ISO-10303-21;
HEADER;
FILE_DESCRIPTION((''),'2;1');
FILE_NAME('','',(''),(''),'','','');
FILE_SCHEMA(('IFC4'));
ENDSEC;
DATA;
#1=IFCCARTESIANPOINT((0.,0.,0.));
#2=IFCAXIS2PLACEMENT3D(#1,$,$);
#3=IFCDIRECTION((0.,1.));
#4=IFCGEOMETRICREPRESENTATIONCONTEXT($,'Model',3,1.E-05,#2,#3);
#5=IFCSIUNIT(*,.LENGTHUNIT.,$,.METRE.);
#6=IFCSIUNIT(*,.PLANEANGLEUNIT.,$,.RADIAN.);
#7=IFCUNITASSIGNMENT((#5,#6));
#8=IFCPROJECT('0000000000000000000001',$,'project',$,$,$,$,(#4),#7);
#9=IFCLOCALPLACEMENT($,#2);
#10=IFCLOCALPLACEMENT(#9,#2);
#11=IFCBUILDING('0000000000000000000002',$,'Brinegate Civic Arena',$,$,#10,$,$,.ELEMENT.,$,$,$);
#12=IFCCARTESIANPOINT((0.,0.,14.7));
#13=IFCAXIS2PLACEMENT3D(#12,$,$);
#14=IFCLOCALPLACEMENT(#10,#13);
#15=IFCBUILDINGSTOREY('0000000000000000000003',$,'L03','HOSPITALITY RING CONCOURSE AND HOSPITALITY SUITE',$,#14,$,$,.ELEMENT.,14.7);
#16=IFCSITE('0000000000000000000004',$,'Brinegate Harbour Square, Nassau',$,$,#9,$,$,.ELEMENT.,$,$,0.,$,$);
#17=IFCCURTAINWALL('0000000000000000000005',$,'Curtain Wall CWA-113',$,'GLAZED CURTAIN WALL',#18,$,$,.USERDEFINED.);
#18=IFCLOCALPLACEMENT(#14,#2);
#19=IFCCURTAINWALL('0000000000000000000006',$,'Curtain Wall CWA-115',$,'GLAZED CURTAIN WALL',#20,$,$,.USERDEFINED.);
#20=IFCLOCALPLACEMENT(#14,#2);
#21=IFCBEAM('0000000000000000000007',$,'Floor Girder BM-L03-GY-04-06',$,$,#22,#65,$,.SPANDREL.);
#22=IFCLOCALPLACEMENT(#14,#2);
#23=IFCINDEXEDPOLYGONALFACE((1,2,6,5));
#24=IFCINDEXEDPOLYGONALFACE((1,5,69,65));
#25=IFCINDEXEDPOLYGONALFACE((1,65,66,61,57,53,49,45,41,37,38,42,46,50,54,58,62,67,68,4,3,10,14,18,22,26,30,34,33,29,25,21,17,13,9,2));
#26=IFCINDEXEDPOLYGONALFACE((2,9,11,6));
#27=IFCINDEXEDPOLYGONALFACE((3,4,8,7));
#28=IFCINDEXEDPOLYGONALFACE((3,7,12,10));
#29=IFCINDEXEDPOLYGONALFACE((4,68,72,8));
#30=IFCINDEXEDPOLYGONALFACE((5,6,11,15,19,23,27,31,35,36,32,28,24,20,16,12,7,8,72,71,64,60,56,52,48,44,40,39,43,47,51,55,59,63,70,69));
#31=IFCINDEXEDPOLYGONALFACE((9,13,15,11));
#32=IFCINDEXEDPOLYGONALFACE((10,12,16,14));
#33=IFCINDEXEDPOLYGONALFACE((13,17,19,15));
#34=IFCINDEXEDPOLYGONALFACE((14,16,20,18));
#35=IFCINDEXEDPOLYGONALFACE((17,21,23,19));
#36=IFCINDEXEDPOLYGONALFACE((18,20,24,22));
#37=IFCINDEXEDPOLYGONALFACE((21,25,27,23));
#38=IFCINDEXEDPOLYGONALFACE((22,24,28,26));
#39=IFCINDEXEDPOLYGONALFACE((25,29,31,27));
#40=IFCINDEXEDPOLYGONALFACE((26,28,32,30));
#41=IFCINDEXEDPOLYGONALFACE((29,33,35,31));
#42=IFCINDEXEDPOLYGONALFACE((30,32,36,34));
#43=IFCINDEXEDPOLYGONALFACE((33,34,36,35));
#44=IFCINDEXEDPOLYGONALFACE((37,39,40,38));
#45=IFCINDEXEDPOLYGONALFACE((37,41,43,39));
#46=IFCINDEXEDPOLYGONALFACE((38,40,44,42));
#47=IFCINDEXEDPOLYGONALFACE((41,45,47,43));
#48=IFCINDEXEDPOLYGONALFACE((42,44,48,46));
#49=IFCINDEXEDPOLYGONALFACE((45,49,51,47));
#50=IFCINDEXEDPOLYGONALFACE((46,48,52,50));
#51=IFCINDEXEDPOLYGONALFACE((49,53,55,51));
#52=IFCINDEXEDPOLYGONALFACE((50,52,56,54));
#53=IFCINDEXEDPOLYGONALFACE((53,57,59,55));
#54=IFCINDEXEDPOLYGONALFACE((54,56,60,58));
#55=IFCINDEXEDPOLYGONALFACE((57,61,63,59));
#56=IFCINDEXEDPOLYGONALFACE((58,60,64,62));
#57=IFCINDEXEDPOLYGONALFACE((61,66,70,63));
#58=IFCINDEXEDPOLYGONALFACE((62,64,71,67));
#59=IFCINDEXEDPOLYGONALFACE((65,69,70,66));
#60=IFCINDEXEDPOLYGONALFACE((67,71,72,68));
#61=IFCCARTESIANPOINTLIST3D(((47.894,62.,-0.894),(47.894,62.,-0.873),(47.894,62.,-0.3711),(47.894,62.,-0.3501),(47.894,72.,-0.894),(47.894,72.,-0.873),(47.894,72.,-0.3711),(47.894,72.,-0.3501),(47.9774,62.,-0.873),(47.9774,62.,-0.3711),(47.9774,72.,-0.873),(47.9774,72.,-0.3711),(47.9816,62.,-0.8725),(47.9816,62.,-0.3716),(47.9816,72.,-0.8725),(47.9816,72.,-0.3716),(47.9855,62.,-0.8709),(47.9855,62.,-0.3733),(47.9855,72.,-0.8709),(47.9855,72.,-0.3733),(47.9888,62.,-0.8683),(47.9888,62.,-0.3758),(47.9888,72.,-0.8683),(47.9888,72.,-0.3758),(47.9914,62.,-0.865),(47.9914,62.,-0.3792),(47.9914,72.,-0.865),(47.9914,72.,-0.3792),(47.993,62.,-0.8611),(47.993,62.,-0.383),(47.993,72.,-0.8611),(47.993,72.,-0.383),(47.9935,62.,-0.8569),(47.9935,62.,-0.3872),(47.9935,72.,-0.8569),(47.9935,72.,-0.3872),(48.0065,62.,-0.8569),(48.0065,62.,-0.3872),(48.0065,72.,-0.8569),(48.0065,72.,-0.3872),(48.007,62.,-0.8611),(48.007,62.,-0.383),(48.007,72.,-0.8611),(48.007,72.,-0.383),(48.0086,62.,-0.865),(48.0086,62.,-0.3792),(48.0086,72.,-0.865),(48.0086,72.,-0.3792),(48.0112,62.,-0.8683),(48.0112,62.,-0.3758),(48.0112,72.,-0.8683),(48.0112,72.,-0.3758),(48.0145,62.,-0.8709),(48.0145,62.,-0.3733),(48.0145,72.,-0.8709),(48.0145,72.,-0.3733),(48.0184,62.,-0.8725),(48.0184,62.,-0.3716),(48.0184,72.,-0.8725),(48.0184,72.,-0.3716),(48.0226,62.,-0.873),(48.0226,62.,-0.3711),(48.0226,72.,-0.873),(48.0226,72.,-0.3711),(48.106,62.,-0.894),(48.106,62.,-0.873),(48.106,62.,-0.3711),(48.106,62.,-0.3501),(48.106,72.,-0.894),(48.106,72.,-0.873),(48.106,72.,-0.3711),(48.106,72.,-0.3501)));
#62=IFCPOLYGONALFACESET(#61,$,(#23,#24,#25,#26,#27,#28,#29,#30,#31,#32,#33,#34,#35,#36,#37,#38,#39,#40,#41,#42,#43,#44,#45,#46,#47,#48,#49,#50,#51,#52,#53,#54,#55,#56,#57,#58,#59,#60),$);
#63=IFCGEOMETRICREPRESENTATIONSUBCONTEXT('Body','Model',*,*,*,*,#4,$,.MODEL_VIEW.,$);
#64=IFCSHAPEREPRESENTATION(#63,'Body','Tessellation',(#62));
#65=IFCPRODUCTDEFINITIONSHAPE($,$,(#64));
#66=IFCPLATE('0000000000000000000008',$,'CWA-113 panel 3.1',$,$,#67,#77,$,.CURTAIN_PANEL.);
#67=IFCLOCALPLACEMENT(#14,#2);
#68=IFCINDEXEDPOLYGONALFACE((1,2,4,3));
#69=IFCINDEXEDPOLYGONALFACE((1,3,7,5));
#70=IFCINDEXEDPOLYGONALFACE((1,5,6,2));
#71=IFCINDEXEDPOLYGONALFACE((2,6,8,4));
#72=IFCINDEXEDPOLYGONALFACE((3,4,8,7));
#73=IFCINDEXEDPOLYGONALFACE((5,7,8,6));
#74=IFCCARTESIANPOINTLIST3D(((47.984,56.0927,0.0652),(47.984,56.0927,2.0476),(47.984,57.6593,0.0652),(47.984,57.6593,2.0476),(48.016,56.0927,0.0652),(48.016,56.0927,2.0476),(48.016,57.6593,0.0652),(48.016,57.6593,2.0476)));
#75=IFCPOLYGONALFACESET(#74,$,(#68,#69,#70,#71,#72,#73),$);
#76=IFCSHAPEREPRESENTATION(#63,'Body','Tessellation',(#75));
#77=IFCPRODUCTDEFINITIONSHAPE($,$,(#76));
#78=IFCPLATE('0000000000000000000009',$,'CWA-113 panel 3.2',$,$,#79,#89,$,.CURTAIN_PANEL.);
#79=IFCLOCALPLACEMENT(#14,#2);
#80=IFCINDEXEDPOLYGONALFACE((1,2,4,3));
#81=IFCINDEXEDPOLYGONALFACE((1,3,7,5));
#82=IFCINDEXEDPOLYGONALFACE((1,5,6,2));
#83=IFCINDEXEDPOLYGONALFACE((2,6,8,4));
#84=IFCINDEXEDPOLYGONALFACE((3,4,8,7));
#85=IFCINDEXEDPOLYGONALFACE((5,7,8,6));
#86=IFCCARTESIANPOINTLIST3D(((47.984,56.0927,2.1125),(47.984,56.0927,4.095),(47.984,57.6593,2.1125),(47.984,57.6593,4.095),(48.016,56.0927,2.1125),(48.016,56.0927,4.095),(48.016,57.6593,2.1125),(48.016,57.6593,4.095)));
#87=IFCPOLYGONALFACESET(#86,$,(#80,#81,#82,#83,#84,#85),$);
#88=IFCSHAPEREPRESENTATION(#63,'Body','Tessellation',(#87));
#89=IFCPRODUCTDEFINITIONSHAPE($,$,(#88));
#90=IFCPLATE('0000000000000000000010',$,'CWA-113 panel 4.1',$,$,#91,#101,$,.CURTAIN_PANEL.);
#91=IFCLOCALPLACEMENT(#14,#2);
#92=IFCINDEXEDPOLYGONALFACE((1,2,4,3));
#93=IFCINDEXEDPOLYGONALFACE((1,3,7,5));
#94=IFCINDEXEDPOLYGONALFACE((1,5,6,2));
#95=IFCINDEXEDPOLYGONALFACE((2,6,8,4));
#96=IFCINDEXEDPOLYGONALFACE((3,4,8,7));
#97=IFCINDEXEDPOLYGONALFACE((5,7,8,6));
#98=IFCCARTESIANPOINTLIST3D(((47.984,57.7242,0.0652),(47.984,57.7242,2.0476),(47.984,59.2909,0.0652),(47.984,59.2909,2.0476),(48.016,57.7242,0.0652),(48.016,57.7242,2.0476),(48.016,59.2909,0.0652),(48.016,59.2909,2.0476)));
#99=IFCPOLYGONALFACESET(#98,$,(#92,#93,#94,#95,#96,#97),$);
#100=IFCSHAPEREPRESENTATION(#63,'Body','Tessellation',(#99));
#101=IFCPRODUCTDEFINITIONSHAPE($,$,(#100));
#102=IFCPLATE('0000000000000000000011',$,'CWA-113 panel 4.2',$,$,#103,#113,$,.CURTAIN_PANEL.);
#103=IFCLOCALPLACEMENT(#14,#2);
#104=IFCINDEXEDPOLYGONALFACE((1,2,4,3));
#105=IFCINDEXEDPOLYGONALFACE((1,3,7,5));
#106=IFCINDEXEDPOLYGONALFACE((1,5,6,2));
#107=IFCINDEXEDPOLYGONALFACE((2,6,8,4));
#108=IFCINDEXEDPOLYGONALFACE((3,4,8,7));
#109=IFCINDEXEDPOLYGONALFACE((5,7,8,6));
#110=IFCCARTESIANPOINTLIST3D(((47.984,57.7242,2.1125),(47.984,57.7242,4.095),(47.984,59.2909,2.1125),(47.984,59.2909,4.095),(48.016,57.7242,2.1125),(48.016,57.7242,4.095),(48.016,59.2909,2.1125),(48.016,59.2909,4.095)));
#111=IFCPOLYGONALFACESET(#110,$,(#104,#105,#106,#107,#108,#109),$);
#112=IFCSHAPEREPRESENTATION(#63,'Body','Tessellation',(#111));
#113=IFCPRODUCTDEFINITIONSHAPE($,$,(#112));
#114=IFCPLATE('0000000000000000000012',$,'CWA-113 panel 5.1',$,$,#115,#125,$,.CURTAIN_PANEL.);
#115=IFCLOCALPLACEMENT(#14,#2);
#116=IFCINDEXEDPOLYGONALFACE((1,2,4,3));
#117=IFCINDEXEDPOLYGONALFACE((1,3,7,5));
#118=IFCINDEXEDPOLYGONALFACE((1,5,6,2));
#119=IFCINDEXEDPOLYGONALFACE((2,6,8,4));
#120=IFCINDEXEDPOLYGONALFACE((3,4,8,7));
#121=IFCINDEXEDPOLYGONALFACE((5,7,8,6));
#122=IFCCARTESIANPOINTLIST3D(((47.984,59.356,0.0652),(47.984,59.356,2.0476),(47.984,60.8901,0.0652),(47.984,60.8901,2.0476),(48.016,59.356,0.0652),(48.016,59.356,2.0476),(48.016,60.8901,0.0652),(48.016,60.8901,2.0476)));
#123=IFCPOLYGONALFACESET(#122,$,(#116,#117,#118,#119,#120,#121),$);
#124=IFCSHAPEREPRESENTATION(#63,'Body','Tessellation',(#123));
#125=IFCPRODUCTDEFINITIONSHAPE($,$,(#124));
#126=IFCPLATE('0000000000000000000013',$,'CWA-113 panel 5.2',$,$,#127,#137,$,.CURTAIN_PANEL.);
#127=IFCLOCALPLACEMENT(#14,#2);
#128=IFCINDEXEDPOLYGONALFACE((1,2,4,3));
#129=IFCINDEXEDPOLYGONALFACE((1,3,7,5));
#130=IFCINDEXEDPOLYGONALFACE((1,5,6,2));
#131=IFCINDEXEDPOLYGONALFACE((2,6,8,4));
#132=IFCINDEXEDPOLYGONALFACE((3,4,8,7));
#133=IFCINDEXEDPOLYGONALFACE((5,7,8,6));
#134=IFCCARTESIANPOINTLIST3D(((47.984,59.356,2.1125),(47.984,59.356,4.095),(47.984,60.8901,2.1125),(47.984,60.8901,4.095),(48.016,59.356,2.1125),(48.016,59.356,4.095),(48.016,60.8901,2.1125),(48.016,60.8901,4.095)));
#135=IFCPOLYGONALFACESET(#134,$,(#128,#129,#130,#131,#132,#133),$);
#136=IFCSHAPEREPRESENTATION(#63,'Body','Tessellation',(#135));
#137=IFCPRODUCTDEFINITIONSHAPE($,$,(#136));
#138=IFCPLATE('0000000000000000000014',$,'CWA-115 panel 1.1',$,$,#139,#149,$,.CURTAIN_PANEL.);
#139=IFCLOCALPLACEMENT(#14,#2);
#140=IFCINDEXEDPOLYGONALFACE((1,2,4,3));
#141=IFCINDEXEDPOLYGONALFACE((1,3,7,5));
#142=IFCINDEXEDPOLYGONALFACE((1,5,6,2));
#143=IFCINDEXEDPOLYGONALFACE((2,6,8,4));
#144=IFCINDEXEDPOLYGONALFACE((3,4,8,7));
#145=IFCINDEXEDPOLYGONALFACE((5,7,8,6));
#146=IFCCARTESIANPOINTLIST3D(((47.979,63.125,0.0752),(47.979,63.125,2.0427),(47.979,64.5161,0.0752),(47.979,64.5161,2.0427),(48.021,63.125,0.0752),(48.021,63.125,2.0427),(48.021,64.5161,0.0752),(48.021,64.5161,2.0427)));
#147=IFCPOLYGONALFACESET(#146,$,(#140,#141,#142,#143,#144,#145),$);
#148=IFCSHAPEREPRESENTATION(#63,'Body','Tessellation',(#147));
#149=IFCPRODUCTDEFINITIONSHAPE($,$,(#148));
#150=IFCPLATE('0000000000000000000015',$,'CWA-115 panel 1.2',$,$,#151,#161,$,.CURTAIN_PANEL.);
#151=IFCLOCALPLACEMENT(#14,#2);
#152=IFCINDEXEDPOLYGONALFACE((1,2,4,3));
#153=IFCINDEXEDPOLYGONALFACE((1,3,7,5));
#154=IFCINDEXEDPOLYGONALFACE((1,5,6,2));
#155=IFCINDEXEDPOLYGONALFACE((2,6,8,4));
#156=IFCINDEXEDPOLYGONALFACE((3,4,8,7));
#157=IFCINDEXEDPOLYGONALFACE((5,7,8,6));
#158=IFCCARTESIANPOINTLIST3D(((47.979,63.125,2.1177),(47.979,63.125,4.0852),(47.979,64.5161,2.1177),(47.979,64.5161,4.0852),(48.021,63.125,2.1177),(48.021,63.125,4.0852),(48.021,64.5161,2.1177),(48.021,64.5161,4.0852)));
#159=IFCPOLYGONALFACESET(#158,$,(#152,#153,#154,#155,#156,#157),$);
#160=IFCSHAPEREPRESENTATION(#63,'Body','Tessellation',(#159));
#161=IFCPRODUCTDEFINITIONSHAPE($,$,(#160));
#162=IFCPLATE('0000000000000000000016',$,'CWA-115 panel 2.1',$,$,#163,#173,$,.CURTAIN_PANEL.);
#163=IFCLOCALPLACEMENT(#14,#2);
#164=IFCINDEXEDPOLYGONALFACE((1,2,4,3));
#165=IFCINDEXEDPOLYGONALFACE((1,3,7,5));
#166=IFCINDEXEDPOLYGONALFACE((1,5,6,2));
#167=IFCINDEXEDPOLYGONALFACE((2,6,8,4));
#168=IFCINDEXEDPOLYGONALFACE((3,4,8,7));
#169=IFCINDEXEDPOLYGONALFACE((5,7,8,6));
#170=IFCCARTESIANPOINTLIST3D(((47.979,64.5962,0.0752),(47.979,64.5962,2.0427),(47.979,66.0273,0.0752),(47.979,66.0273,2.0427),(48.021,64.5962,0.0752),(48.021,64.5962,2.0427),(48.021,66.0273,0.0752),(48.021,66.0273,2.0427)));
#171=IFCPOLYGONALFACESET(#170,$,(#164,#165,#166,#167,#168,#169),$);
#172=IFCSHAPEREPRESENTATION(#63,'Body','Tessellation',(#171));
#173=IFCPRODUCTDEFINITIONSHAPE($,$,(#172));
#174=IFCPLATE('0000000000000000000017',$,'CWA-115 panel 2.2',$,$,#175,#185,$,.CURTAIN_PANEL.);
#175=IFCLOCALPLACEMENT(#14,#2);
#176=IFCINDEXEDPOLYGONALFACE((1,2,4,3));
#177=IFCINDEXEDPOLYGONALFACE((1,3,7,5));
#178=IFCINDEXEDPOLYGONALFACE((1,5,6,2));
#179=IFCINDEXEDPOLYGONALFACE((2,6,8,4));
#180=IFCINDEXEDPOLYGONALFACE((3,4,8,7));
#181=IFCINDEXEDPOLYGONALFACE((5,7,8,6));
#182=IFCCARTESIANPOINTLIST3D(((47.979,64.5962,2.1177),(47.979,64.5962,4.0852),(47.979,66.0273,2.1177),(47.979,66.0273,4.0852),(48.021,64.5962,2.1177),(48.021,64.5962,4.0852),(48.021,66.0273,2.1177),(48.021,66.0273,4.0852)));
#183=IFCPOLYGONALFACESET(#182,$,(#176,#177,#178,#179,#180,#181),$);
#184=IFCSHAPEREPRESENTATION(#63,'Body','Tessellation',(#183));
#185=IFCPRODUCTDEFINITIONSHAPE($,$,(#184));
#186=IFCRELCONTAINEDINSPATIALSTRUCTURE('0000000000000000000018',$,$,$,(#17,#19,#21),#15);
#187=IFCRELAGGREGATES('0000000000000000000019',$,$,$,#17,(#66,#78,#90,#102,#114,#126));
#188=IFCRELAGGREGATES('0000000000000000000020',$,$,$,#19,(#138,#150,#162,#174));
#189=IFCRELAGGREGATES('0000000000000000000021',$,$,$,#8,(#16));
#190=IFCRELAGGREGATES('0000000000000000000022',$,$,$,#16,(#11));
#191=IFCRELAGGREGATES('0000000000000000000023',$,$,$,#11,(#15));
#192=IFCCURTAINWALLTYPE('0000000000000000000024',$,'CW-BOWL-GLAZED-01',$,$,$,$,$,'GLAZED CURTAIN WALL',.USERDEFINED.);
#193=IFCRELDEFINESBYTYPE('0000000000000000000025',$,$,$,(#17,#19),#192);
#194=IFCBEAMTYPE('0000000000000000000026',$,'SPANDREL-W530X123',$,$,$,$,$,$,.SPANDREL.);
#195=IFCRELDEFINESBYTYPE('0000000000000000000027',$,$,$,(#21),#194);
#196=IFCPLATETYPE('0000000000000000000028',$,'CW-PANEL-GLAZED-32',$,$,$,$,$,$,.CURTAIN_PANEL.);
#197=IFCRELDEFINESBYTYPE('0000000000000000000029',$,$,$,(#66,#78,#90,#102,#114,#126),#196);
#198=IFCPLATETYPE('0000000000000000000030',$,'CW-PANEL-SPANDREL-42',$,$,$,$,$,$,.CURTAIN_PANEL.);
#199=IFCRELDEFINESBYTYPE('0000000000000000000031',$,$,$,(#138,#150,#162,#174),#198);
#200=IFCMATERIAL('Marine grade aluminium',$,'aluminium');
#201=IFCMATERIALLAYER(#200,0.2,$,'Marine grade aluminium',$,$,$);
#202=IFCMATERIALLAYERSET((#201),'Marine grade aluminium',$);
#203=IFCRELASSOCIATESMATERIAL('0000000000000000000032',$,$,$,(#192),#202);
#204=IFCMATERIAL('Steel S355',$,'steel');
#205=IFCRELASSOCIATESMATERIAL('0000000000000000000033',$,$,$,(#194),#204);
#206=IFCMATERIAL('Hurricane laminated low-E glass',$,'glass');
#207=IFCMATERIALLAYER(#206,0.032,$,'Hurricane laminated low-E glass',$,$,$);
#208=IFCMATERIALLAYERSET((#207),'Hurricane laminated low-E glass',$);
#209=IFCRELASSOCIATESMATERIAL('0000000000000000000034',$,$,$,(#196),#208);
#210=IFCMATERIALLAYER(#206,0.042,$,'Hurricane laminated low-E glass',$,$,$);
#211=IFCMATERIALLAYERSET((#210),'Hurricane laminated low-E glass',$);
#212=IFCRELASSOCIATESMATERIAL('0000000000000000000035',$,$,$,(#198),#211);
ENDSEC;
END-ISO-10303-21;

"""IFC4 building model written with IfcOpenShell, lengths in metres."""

from ifc_helpers import new_model, si_unit, direction, frame, origin, origin_2d, place, context, subcontext, project, spatial, rectangle, i_section, extrude, material, layer, layer_set, material_profile, profile_set, type_object, element, aggregate, save


model = new_model("IFC4")

# Units and contexts
model_context = context("Model", 3, precision=1e-05, world=origin(), true_north=direction((0.0, 1.0)))
body_context = subcontext(model_context, "Body", "Model", "MODEL_VIEW")
ifc_project = project(units=[si_unit("LENGTHUNIT", "METRE"), si_unit("PLANEANGLEUNIT", "RADIAN")], contexts=[model_context])

# Site, building, storey
site_placement = place(None, origin())
site = spatial("IfcSite", under=ifc_project, at=site_placement, Name="Brinegate Harbour Square, Nassau", CompositionType="ELEMENT", RefElevation=0.0)
building_placement = place(site_placement, origin())
building = spatial("IfcBuilding", under=site, at=building_placement, Name="Brinegate Civic Arena", CompositionType="ELEMENT")
storey_placement = place(building_placement, frame((0.0, 0.0, 14.7)))
storey = spatial("IfcBuildingStorey", under=building, at=storey_placement, Name="L03", Description="HOSPITALITY RING CONCOURSE AND HOSPITALITY SUITE", CompositionType="ELEMENT", Elevation=14.7)

# Curtain walls
ifc_material_1 = material(Name="Marine grade aluminium", Category="aluminium")
ifc_layer_1 = layer(ifc_material_1, 0.2, Name="Marine grade aluminium")
ifc_layer_set_1 = layer_set([ifc_layer_1], Name="Marine grade aluminium")
curtain_wall_type = type_object("IfcCurtainWallType", Name="CW-BOWL-GLAZED-01", ElementType="GLAZED CURTAIN WALL", PredefinedType="USERDEFINED", material=ifc_layer_set_1)
curtain_wall_1_placement = place(storey_placement, origin())
curtain_wall_1 = element("IfcCurtainWall", 1, at=curtain_wall_1_placement, inside=storey, type_object=curtain_wall_type, Name="Curtain Wall CWA-113", ObjectType="GLAZED CURTAIN WALL", PredefinedType="USERDEFINED")
curtain_wall_2_placement = place(storey_placement, origin())
curtain_wall_2 = element("IfcCurtainWall", 2, at=curtain_wall_2_placement, inside=storey, type_object=curtain_wall_type, Name="Curtain Wall CWA-115", ObjectType="GLAZED CURTAIN WALL", PredefinedType="USERDEFINED")

# Beam
ifc_material_2 = material(Name="Steel S355", Category="steel")
ifc_material_profile_1 = material_profile(ifc_material_2, i_section(OverallWidth=0.2119, OverallDepth=0.5439, WebThickness=0.0129, FlangeThickness=0.021, FilletRadius=0.0161, at=origin_2d()), Name="W530X123")
ifc_profile_set_1 = profile_set([ifc_material_profile_1], Name="Steel S355")
beam_type_1 = type_object("IfcBeamType", Name="SPANDREL-W530X123", PredefinedType="SPANDREL", material=ifc_profile_set_1)
beam_1_placement = place(storey_placement, frame((48.0, 62.0, -0.6221), z_axis=(0.0, 1.0, 0.0), x_axis=(-1.0, 0.0, 0.0)))
element("IfcBeam", 3, at=beam_1_placement, inside=storey, type_object=beam_type_1, Name="Floor Girder BM-L03-GY-04-06", PredefinedType="SPANDREL", context=body_context, shape_type="SweptSolid", body=[
    extrude(i_section(OverallWidth=0.2119, OverallDepth=0.5439, WebThickness=0.0129, FlangeThickness=0.021, FilletRadius=0.0161, at=origin_2d()), origin(), (0.0, 0.0, 1.0), 10.0),
])

# Plates
ifc_material_3 = material(Name="Hurricane laminated low-E glass", Category="glass")
ifc_layer_2 = layer(ifc_material_3, 0.032, Name="Hurricane laminated low-E glass")
ifc_layer_set_2 = layer_set([ifc_layer_2], Name="Hurricane laminated low-E glass")
plate_type_1 = type_object("IfcPlateType", Name="CW-PANEL-GLAZED-32", PredefinedType="CURTAIN_PANEL", material=ifc_layer_set_2)
plate_1_placement = place(storey_placement, frame((48.0, 56.876, 0.0652), z_axis=(0.0, 0.0, 1.0), x_axis=(0.0, 1.0, 0.0)))
plate_1 = element("IfcPlate", 4, at=plate_1_placement, type_object=plate_type_1, Name="CWA-113 panel 3.1", PredefinedType="CURTAIN_PANEL", context=body_context, shape_type="SweptSolid", body=[
    extrude(rectangle(XDim=1.5667, YDim=0.032, at=origin_2d()), origin(), (0.0, 0.0, 1.0), 1.9824),
])
plate_2_placement = place(storey_placement, frame((48.0, 56.876, 2.1125), z_axis=(0.0, 0.0, 1.0), x_axis=(0.0, 1.0, 0.0)))
plate_2 = element("IfcPlate", 5, at=plate_2_placement, type_object=plate_type_1, Name="CWA-113 panel 3.2", PredefinedType="CURTAIN_PANEL", context=body_context, shape_type="SweptSolid", body=[
    extrude(rectangle(XDim=1.5667, YDim=0.032, at=origin_2d()), origin(), (0.0, 0.0, 1.0), 1.9824),
])
plate_3_placement = place(storey_placement, frame((48.0, 58.5076, 0.0652), z_axis=(0.0, 0.0, 1.0), x_axis=(0.0, 1.0, 0.0)))
plate_3 = element("IfcPlate", 6, at=plate_3_placement, type_object=plate_type_1, Name="CWA-113 panel 4.1", PredefinedType="CURTAIN_PANEL", context=body_context, shape_type="SweptSolid", body=[
    extrude(rectangle(XDim=1.5667, YDim=0.032, at=origin_2d()), origin(), (0.0, 0.0, 1.0), 1.9824),
])
plate_4_placement = place(storey_placement, frame((48.0, 58.5076, 2.1125), z_axis=(0.0, 0.0, 1.0), x_axis=(0.0, 1.0, 0.0)))
plate_4 = element("IfcPlate", 7, at=plate_4_placement, type_object=plate_type_1, Name="CWA-113 panel 4.2", PredefinedType="CURTAIN_PANEL", context=body_context, shape_type="SweptSolid", body=[
    extrude(rectangle(XDim=1.5667, YDim=0.032, at=origin_2d()), origin(), (0.0, 0.0, 1.0), 1.9824),
])
plate_5_placement = place(storey_placement, frame((48.0, 60.123, 0.0652), z_axis=(0.0, 0.0, 1.0), x_axis=(0.0, 1.0, 0.0)))
plate_5 = element("IfcPlate", 8, at=plate_5_placement, type_object=plate_type_1, Name="CWA-113 panel 5.1", PredefinedType="CURTAIN_PANEL", context=body_context, shape_type="SweptSolid", body=[
    extrude(rectangle(XDim=1.5342, YDim=0.032, at=origin_2d()), origin(), (0.0, 0.0, 1.0), 1.9824),
])
plate_6_placement = place(storey_placement, frame((48.0, 60.123, 2.1125), z_axis=(0.0, 0.0, 1.0), x_axis=(0.0, 1.0, 0.0)))
plate_6 = element("IfcPlate", 9, at=plate_6_placement, type_object=plate_type_1, Name="CWA-113 panel 5.2", PredefinedType="CURTAIN_PANEL", context=body_context, shape_type="SweptSolid", body=[
    extrude(rectangle(XDim=1.5342, YDim=0.032, at=origin_2d()), origin(), (0.0, 0.0, 1.0), 1.9824),
])
aggregate(curtain_wall_1, [plate_1, plate_2, plate_3, plate_4, plate_5, plate_6])
ifc_layer_3 = layer(ifc_material_3, 0.042, Name="Hurricane laminated low-E glass")
ifc_layer_set_3 = layer_set([ifc_layer_3], Name="Hurricane laminated low-E glass")
plate_type_2 = type_object("IfcPlateType", Name="CW-PANEL-SPANDREL-42", PredefinedType="CURTAIN_PANEL", material=ifc_layer_set_3)
plate_7_placement = place(storey_placement, frame((48.0, 63.8206, 0.0752), z_axis=(0.0, 0.0, 1.0), x_axis=(0.0, 1.0, 0.0)))
plate_7 = element("IfcPlate", 10, at=plate_7_placement, type_object=plate_type_2, Name="CWA-115 panel 1.1", PredefinedType="CURTAIN_PANEL", context=body_context, shape_type="SweptSolid", body=[
    extrude(rectangle(XDim=1.3911, YDim=0.042, at=origin_2d()), origin(), (0.0, 0.0, 1.0), 1.9675),
])
plate_8_placement = place(storey_placement, frame((48.0, 63.8206, 2.1177), z_axis=(0.0, 0.0, 1.0), x_axis=(0.0, 1.0, 0.0)))
plate_8 = element("IfcPlate", 11, at=plate_8_placement, type_object=plate_type_2, Name="CWA-115 panel 1.2", PredefinedType="CURTAIN_PANEL", context=body_context, shape_type="SweptSolid", body=[
    extrude(rectangle(XDim=1.3911, YDim=0.042, at=origin_2d()), origin(), (0.0, 0.0, 1.0), 1.9675),
])
plate_9_placement = place(storey_placement, frame((48.0, 65.3118, 0.0752), z_axis=(0.0, 0.0, 1.0), x_axis=(0.0, 1.0, 0.0)))
plate_9 = element("IfcPlate", 12, at=plate_9_placement, type_object=plate_type_2, Name="CWA-115 panel 2.1", PredefinedType="CURTAIN_PANEL", context=body_context, shape_type="SweptSolid", body=[
    extrude(rectangle(XDim=1.4312, YDim=0.042, at=origin_2d()), origin(), (0.0, 0.0, 1.0), 1.9675),
])
plate_10_placement = place(storey_placement, frame((48.0, 65.3118, 2.1177), z_axis=(0.0, 0.0, 1.0), x_axis=(0.0, 1.0, 0.0)))
plate_10 = element("IfcPlate", 13, at=plate_10_placement, type_object=plate_type_2, Name="CWA-115 panel 2.2", PredefinedType="CURTAIN_PANEL", context=body_context, shape_type="SweptSolid", body=[
    extrude(rectangle(XDim=1.4312, YDim=0.042, at=origin_2d()), origin(), (0.0, 0.0, 1.0), 1.9675),
])
aggregate(curtain_wall_2, [plate_7, plate_8, plate_9, plate_10])

save(model, "model.ifc")
